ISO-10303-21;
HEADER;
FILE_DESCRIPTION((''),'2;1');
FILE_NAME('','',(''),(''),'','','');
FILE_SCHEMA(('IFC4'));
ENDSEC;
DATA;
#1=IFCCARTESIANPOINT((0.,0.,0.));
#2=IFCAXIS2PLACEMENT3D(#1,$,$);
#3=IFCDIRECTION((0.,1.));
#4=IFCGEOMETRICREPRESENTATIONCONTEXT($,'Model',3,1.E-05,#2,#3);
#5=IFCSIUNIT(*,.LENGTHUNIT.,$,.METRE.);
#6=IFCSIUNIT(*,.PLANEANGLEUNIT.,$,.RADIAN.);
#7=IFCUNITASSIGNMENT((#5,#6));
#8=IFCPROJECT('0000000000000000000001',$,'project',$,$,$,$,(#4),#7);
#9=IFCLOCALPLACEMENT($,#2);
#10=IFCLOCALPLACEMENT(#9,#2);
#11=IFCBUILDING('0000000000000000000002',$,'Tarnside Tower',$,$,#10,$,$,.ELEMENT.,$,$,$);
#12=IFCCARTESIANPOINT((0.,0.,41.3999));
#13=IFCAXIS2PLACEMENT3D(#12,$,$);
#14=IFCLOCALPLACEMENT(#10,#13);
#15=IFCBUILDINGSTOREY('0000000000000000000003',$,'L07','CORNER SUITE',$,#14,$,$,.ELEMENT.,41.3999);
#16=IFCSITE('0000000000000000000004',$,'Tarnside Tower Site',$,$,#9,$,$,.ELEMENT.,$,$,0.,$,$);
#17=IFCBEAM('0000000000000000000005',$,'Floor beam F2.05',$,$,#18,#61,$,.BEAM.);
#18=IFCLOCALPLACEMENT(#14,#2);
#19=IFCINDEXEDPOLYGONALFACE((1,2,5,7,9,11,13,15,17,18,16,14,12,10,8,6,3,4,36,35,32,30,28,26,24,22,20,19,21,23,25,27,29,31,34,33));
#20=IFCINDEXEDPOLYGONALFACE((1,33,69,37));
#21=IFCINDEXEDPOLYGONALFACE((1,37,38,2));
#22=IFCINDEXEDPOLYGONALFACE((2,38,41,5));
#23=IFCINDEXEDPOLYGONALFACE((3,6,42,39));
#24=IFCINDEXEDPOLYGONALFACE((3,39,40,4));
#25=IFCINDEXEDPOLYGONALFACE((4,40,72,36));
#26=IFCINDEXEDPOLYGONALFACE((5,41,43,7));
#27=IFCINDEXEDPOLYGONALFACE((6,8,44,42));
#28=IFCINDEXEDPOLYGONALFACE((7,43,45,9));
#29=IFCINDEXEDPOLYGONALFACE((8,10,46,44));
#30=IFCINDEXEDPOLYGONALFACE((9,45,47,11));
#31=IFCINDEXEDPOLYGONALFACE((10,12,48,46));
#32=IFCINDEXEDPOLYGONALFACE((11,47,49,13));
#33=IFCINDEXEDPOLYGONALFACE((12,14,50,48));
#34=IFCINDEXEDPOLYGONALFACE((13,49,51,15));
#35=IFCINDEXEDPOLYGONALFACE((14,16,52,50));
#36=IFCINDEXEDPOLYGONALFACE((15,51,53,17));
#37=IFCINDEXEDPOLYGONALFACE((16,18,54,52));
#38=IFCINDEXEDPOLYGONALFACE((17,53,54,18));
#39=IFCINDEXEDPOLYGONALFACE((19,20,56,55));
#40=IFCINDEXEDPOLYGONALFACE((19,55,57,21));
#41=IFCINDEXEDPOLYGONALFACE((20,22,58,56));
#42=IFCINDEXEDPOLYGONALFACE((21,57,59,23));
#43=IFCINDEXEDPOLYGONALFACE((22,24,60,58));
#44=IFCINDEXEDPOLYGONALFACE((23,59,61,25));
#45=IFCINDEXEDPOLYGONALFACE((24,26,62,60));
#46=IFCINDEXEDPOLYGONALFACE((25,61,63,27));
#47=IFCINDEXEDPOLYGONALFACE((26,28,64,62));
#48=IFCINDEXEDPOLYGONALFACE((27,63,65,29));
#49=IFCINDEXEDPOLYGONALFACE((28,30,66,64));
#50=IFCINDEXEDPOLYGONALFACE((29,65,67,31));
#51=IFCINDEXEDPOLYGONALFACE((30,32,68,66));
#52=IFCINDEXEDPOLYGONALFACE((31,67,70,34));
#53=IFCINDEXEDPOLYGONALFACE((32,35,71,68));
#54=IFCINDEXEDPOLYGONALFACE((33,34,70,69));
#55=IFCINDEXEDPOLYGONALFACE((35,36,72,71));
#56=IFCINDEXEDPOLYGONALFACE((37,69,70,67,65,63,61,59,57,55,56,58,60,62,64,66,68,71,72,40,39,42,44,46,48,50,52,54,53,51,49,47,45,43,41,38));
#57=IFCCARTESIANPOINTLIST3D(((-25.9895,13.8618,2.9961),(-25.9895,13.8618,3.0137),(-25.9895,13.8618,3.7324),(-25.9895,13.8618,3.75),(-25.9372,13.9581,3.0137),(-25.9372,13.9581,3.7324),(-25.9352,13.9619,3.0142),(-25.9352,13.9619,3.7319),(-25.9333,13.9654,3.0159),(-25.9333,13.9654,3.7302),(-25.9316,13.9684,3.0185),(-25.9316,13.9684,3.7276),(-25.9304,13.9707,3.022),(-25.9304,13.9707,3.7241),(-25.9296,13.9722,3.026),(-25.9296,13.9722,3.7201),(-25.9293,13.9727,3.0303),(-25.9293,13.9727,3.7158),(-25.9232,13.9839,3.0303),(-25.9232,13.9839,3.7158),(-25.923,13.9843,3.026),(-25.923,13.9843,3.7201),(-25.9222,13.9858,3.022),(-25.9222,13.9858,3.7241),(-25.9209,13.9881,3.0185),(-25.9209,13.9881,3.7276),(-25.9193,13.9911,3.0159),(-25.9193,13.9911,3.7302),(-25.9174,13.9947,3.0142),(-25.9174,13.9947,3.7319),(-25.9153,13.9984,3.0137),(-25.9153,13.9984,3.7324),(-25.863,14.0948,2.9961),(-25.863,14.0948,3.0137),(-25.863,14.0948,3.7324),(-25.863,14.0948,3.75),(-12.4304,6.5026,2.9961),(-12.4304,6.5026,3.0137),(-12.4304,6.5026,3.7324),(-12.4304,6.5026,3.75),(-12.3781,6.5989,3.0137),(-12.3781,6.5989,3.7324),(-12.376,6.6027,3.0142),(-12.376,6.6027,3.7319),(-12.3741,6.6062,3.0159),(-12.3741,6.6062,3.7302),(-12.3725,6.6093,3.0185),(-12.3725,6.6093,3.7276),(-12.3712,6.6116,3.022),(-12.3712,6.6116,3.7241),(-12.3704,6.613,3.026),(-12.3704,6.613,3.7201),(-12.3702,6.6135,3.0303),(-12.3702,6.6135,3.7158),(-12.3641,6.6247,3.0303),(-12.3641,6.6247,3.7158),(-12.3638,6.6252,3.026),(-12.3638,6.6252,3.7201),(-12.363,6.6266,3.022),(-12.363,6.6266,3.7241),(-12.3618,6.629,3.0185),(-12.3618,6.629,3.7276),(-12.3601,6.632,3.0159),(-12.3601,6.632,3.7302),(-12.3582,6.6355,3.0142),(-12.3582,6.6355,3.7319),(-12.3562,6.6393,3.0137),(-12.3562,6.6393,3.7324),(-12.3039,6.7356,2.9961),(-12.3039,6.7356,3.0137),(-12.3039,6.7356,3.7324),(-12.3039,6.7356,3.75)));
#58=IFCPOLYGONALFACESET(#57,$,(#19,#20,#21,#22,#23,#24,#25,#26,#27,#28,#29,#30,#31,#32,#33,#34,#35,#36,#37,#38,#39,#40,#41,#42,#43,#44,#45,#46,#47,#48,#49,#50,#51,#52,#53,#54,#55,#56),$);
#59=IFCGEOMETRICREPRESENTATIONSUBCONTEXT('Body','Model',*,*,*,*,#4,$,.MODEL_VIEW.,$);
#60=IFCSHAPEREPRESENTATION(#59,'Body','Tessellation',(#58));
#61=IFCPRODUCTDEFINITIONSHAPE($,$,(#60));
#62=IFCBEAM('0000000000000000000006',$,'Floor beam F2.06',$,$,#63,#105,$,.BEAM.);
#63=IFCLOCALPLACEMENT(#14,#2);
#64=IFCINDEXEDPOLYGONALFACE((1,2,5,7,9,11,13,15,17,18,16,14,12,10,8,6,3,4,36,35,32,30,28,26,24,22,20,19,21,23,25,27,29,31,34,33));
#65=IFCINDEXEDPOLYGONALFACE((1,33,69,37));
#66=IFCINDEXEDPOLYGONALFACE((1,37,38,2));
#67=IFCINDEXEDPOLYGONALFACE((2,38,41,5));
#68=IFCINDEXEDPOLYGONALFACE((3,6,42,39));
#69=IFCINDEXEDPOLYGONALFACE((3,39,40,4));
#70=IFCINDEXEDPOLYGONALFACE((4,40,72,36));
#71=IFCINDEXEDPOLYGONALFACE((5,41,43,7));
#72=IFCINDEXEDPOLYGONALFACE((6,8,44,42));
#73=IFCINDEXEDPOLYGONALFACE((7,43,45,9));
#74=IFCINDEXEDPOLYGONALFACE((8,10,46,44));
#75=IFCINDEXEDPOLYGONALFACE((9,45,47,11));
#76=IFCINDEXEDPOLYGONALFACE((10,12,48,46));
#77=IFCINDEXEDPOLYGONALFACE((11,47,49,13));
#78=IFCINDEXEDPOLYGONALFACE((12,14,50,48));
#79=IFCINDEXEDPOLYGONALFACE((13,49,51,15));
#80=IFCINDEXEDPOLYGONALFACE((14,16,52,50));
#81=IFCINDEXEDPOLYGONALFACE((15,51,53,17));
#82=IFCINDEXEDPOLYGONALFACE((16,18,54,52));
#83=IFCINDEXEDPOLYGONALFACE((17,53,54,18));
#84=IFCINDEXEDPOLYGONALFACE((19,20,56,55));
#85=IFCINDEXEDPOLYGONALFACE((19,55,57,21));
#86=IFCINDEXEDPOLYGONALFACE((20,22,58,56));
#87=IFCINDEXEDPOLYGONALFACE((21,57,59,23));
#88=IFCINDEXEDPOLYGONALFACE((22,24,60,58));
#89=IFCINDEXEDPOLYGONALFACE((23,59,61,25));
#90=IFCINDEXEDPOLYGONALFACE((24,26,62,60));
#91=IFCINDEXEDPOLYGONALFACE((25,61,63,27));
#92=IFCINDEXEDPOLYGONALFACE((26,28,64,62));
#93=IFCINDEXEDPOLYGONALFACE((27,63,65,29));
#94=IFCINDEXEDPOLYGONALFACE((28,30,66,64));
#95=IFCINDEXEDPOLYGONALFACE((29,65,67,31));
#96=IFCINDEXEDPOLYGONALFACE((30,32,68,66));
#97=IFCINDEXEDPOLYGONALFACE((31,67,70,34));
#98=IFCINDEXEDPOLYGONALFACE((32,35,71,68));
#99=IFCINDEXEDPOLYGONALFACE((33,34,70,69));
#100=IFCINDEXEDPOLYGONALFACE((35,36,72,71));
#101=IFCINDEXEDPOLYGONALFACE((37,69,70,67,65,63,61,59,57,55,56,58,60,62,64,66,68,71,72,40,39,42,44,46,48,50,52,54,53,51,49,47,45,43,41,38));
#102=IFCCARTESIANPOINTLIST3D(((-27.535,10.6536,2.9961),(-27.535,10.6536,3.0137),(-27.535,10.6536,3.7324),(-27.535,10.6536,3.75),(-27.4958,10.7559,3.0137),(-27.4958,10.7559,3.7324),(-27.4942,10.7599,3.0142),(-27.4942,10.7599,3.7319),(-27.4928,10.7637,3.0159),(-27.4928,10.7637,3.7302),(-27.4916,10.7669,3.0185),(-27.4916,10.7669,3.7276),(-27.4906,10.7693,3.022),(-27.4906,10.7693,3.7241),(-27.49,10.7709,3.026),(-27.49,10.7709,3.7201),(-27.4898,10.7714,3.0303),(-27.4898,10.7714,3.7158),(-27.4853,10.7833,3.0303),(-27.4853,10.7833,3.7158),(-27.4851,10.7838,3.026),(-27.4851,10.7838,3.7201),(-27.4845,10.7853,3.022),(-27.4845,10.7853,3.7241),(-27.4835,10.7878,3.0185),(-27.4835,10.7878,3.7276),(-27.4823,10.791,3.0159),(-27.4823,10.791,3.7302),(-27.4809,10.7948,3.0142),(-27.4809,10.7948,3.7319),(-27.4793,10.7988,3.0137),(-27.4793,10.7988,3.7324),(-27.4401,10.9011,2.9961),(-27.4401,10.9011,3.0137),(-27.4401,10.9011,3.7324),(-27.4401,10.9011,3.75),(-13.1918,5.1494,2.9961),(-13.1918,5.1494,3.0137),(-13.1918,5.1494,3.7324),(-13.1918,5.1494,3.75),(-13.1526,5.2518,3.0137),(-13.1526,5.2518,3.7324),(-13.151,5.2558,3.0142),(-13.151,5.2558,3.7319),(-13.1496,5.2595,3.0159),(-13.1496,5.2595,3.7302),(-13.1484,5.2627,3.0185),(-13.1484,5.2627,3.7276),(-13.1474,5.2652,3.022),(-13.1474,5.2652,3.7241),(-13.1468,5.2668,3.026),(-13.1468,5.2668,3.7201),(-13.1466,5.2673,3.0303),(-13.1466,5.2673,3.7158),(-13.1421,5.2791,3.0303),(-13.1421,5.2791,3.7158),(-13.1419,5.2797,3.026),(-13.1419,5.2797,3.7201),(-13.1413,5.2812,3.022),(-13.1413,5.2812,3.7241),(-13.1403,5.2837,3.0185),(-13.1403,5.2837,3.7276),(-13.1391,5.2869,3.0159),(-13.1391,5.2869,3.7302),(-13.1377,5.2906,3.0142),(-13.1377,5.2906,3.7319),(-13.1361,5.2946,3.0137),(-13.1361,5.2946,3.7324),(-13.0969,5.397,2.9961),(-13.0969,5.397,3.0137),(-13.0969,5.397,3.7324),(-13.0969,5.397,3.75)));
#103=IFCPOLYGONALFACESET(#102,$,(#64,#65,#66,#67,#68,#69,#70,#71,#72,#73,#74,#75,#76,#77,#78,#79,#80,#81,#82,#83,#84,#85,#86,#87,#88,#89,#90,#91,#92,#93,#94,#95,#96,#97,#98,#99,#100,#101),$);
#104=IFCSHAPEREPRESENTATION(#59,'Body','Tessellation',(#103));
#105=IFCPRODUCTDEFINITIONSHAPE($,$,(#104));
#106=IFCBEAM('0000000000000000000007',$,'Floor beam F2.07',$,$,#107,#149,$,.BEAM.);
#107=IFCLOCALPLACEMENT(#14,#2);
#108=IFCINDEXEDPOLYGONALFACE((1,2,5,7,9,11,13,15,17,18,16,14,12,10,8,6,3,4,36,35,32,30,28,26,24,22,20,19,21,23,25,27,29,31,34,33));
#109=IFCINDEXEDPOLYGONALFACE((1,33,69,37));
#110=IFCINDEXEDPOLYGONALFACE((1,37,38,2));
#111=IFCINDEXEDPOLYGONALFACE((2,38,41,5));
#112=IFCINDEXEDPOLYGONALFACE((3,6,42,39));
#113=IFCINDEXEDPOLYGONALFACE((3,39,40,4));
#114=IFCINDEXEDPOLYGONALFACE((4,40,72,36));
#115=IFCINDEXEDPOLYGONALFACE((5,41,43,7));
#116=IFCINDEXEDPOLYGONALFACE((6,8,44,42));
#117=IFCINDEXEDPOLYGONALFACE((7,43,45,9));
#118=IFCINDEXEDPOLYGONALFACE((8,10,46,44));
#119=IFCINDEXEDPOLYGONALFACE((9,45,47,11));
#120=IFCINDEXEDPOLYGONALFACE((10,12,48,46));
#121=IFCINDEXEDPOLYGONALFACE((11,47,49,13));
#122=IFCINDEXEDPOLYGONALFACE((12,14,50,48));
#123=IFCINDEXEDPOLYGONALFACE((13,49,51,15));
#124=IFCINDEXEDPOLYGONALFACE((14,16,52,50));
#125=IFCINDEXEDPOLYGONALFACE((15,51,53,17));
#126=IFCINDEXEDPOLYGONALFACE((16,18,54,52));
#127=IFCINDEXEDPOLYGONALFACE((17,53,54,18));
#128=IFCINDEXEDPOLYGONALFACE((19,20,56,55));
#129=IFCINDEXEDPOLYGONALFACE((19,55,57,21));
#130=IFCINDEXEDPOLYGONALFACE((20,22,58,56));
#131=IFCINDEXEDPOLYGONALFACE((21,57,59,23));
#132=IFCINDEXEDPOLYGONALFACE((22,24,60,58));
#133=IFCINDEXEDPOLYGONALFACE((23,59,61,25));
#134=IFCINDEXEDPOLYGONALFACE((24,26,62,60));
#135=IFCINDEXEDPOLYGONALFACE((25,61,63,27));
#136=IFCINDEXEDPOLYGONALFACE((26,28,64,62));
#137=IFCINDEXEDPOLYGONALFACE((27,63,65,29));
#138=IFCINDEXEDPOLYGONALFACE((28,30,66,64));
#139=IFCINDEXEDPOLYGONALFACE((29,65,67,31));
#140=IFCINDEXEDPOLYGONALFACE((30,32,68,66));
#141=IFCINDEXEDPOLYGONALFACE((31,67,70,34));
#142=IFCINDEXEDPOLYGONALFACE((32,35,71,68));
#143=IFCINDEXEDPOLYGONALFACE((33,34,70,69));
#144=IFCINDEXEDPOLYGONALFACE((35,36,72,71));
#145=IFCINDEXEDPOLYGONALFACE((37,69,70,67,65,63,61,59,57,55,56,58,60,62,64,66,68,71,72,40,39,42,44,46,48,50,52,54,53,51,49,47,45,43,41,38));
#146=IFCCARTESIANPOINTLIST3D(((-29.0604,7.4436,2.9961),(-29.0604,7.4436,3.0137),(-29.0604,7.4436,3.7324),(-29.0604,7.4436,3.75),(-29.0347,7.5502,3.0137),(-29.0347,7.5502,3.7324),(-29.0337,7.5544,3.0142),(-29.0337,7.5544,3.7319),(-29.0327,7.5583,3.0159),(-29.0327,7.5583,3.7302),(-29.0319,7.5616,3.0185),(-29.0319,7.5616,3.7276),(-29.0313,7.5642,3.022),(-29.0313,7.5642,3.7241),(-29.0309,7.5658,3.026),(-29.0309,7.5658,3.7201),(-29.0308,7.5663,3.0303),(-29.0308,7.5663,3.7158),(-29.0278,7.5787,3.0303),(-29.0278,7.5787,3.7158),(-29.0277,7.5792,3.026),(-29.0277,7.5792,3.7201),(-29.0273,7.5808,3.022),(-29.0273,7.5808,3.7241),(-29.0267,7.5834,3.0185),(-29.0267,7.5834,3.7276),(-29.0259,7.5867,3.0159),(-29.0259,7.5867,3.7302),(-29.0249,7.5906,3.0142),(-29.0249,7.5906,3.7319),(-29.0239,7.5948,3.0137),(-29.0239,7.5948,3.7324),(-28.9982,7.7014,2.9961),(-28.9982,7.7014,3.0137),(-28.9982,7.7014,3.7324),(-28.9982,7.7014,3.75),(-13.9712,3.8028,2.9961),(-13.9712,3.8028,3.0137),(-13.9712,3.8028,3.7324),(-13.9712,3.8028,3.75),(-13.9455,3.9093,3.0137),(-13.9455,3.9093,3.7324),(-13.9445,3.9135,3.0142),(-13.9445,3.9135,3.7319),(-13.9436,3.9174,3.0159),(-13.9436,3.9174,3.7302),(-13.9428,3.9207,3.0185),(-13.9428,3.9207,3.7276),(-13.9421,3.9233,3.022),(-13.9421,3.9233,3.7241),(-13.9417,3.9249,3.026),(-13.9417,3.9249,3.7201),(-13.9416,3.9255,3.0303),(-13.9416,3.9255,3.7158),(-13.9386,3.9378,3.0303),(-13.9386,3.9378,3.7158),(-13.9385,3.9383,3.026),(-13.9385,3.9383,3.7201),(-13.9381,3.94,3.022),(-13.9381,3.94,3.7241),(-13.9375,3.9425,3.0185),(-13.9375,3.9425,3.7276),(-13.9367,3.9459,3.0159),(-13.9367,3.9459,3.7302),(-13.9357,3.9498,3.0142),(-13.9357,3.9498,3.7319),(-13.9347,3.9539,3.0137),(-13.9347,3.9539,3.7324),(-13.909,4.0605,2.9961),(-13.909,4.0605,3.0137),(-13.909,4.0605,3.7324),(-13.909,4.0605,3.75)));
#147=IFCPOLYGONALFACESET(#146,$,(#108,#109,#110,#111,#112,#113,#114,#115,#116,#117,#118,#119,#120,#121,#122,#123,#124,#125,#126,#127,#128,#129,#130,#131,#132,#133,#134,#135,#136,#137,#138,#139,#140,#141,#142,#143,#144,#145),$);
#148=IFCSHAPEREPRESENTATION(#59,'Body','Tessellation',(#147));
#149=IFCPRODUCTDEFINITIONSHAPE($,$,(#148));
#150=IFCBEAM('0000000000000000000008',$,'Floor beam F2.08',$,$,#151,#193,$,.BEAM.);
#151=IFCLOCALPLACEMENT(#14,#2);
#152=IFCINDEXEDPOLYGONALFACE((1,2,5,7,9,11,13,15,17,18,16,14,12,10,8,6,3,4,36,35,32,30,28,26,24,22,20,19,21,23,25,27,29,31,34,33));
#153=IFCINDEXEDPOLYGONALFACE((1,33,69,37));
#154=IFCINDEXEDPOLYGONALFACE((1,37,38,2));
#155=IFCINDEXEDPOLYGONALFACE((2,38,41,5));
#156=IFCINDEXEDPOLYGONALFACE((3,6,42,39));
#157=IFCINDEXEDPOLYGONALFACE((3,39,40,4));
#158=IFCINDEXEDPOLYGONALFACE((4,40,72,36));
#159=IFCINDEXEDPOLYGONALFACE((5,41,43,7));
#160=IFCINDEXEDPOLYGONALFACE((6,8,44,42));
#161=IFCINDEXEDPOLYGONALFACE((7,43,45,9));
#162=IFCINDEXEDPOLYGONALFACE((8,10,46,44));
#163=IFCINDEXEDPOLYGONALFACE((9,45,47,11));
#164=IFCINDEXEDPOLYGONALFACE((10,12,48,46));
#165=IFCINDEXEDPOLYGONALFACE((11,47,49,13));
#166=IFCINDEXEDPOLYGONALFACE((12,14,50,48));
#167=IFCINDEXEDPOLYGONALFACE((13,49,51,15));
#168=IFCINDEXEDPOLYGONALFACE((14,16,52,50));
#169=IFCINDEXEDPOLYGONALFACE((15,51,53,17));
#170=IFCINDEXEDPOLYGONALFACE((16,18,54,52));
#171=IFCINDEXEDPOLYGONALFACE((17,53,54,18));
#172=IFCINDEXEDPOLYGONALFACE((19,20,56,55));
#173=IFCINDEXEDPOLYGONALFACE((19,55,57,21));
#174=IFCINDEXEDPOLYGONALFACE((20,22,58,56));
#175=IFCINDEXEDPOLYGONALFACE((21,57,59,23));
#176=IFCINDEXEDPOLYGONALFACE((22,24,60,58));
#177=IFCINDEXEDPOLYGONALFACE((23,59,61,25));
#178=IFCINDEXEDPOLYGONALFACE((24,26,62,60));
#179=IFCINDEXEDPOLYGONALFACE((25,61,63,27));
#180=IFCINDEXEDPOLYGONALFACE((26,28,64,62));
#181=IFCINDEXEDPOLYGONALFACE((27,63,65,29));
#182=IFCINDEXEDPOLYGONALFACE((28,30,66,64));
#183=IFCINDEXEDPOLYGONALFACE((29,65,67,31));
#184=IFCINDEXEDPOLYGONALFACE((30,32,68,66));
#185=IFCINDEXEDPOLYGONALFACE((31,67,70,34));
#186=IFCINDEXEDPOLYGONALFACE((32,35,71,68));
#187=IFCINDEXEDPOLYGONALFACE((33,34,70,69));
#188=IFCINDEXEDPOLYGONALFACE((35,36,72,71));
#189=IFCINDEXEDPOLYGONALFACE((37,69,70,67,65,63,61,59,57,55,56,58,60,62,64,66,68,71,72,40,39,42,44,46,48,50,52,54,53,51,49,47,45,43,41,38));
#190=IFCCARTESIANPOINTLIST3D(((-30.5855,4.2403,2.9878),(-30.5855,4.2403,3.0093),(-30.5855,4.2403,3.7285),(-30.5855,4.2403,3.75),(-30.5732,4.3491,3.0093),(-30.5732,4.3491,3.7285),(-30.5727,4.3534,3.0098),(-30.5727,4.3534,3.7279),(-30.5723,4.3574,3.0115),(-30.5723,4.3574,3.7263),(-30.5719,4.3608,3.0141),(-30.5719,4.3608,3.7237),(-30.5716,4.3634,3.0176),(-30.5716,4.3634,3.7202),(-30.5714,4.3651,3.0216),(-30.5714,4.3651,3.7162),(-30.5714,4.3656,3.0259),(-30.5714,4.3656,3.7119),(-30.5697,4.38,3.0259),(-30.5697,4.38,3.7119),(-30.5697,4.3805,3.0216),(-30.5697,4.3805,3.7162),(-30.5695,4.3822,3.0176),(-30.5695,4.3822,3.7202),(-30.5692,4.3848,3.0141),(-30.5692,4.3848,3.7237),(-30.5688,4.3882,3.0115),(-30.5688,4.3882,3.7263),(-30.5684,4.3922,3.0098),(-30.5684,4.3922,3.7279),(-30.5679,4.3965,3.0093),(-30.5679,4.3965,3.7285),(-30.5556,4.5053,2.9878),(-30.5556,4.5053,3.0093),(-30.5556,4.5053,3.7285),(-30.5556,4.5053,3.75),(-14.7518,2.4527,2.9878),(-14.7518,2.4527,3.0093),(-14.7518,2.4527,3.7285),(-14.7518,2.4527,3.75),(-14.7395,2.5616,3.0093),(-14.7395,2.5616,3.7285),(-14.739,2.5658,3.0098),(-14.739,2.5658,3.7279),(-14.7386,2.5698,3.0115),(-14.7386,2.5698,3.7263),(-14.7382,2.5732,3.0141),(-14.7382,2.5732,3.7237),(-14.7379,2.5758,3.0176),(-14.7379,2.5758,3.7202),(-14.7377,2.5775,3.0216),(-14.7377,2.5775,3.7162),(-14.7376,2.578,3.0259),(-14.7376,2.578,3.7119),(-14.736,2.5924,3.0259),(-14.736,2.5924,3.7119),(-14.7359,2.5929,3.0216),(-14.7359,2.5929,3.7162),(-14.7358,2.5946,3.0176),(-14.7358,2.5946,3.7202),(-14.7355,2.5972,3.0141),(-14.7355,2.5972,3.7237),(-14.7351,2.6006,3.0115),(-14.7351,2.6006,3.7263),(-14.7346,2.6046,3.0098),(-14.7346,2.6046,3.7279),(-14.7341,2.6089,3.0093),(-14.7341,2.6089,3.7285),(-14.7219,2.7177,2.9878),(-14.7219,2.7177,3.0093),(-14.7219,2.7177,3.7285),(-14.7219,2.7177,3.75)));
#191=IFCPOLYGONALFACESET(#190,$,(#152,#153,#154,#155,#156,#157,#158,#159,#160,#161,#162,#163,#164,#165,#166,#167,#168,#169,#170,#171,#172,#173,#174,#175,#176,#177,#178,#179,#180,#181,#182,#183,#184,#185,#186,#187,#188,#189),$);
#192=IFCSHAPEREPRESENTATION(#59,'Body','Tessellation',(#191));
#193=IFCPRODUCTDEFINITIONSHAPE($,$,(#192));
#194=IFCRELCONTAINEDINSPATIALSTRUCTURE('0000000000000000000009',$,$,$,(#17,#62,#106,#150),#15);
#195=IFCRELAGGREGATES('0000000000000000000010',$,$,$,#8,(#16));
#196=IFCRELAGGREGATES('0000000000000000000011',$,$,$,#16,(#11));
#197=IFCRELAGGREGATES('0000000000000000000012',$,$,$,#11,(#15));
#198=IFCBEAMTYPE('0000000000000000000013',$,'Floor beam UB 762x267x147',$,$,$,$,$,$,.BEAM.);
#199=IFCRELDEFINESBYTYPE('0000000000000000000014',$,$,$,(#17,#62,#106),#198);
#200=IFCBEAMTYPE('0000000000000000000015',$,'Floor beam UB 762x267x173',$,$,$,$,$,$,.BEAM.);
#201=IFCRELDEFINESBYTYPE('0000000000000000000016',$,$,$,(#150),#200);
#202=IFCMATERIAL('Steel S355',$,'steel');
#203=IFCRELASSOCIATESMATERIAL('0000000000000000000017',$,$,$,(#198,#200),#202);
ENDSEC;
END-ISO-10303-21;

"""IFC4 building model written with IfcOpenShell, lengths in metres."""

from ifc_helpers import new_model, si_unit, direction, frame, origin, origin_2d, place, context, subcontext, project, spatial, i_section, extrude, material, material_profile, profile_set, type_object, element, save


model = new_model("IFC4")

# Units and contexts
model_context = context("Model", 3, precision=1e-05, world=origin(), true_north=direction((0.0, 1.0)))
body_context = subcontext(model_context, "Body", "Model", "MODEL_VIEW")
ifc_project = project(units=[si_unit("LENGTHUNIT", "METRE"), si_unit("PLANEANGLEUNIT", "RADIAN")], contexts=[model_context])

# Site, building, storey
site_placement = place(None, origin())
site = spatial("IfcSite", under=ifc_project, at=site_placement, Name="Tarnside Tower Site", CompositionType="ELEMENT", RefElevation=0.0)
building_placement = place(site_placement, origin())
building = spatial("IfcBuilding", under=site, at=building_placement, Name="Tarnside Tower", CompositionType="ELEMENT")
storey_placement = place(building_placement, frame((0.0, 0.0, 41.3999)))
storey = spatial("IfcBuildingStorey", under=building, at=storey_placement, Name="L07", Description="CORNER SUITE", CompositionType="ELEMENT", Elevation=41.3999)

# Beams
ifc_material_1 = material(Name="Steel S355", Category="steel")
ifc_material_profile_1 = material_profile(ifc_material_1, i_section(OverallWidth=0.2651, OverallDepth=0.7539, WebThickness=0.0127, FlangeThickness=0.0176, FilletRadius=0.0166, at=origin_2d()), Name="UB 762x267x147")
ifc_profile_set_1 = profile_set([ifc_material_profile_1], Name="Steel S355")
beam_type_1 = type_object("IfcBeamType", Name="Floor beam UB 762x267x147", PredefinedType="BEAM", material=ifc_profile_set_1)
beam_1_placement = place(storey_placement, frame((-25.9263, 13.9783, 3.373), z_axis=(0.878895, -0.477016, 0.0), x_axis=(0.477016, 0.878895, 0.0)))
element("IfcBeam", 1, at=beam_1_placement, inside=storey, type_object=beam_type_1, Name="Floor beam F2.05", PredefinedType="BEAM", context=body_context, shape_type="SweptSolid", body=[
    extrude(i_section(OverallWidth=0.2651, OverallDepth=0.7539, WebThickness=0.0127, FlangeThickness=0.0176, FilletRadius=0.0166, at=origin_2d()), origin(), (0.0, 0.0, 1.0), 15.4275),
])
beam_2_placement = place(storey_placement, frame((-27.4875, 10.7773, 3.373), z_axis=(0.933618, -0.358271, 0.0), x_axis=(0.358271, 0.933618, 0.0)))
element("IfcBeam", 2, at=beam_2_placement, inside=storey, type_object=beam_type_1, Name="Floor beam F2.06", PredefinedType="BEAM", context=body_context, shape_type="SweptSolid", body=[
    extrude(i_section(OverallWidth=0.2651, OverallDepth=0.7539, WebThickness=0.0127, FlangeThickness=0.0176, FilletRadius=0.0166, at=origin_2d()), origin(), (0.0, 0.0, 1.0), 15.363),
])
beam_3_placement = place(storey_placement, frame((-29.0293, 7.5725, 3.373), z_axis=(0.972102, -0.23456, 0.0), x_axis=(0.23456, 0.972102, 0.0)))
element("IfcBeam", 3, at=beam_3_placement, inside=storey, type_object=beam_type_1, Name="Floor beam F2.07", PredefinedType="BEAM", context=body_context, shape_type="SweptSolid", body=[
    extrude(i_section(OverallWidth=0.2651, OverallDepth=0.7539, WebThickness=0.0127, FlangeThickness=0.0176, FilletRadius=0.0166, at=origin_2d()), origin(), (0.0, 0.0, 1.0), 15.5222),
])
ifc_material_profile_2 = material_profile(ifc_material_1, i_section(OverallWidth=0.2666, OverallDepth=0.7622, WebThickness=0.0144, FlangeThickness=0.0215, FilletRadius=0.0166, at=origin_2d()), Name="UB 762x267x173")
ifc_profile_set_2 = profile_set([ifc_material_profile_2], Name="Steel S355")
beam_type_2 = type_object("IfcBeamType", Name="Floor beam UB 762x267x173", PredefinedType="BEAM", material=ifc_profile_set_2)
beam_4_placement = place(storey_placement, frame((-30.5706, 4.3728, 3.3689), z_axis=(0.993687, -0.112185, 0.0), x_axis=(0.112185, 0.993687, 0.0)))
element("IfcBeam", 4, at=beam_4_placement, inside=storey, type_object=beam_type_2, Name="Floor beam F2.08", PredefinedType="BEAM", context=body_context, shape_type="SweptSolid", body=[
    extrude(i_section(OverallWidth=0.2666, OverallDepth=0.7622, WebThickness=0.0144, FlangeThickness=0.0215, FilletRadius=0.0166, at=origin_2d()), origin(), (0.0, 0.0, 1.0), 15.9343),
])

save(model, "model.ifc")
